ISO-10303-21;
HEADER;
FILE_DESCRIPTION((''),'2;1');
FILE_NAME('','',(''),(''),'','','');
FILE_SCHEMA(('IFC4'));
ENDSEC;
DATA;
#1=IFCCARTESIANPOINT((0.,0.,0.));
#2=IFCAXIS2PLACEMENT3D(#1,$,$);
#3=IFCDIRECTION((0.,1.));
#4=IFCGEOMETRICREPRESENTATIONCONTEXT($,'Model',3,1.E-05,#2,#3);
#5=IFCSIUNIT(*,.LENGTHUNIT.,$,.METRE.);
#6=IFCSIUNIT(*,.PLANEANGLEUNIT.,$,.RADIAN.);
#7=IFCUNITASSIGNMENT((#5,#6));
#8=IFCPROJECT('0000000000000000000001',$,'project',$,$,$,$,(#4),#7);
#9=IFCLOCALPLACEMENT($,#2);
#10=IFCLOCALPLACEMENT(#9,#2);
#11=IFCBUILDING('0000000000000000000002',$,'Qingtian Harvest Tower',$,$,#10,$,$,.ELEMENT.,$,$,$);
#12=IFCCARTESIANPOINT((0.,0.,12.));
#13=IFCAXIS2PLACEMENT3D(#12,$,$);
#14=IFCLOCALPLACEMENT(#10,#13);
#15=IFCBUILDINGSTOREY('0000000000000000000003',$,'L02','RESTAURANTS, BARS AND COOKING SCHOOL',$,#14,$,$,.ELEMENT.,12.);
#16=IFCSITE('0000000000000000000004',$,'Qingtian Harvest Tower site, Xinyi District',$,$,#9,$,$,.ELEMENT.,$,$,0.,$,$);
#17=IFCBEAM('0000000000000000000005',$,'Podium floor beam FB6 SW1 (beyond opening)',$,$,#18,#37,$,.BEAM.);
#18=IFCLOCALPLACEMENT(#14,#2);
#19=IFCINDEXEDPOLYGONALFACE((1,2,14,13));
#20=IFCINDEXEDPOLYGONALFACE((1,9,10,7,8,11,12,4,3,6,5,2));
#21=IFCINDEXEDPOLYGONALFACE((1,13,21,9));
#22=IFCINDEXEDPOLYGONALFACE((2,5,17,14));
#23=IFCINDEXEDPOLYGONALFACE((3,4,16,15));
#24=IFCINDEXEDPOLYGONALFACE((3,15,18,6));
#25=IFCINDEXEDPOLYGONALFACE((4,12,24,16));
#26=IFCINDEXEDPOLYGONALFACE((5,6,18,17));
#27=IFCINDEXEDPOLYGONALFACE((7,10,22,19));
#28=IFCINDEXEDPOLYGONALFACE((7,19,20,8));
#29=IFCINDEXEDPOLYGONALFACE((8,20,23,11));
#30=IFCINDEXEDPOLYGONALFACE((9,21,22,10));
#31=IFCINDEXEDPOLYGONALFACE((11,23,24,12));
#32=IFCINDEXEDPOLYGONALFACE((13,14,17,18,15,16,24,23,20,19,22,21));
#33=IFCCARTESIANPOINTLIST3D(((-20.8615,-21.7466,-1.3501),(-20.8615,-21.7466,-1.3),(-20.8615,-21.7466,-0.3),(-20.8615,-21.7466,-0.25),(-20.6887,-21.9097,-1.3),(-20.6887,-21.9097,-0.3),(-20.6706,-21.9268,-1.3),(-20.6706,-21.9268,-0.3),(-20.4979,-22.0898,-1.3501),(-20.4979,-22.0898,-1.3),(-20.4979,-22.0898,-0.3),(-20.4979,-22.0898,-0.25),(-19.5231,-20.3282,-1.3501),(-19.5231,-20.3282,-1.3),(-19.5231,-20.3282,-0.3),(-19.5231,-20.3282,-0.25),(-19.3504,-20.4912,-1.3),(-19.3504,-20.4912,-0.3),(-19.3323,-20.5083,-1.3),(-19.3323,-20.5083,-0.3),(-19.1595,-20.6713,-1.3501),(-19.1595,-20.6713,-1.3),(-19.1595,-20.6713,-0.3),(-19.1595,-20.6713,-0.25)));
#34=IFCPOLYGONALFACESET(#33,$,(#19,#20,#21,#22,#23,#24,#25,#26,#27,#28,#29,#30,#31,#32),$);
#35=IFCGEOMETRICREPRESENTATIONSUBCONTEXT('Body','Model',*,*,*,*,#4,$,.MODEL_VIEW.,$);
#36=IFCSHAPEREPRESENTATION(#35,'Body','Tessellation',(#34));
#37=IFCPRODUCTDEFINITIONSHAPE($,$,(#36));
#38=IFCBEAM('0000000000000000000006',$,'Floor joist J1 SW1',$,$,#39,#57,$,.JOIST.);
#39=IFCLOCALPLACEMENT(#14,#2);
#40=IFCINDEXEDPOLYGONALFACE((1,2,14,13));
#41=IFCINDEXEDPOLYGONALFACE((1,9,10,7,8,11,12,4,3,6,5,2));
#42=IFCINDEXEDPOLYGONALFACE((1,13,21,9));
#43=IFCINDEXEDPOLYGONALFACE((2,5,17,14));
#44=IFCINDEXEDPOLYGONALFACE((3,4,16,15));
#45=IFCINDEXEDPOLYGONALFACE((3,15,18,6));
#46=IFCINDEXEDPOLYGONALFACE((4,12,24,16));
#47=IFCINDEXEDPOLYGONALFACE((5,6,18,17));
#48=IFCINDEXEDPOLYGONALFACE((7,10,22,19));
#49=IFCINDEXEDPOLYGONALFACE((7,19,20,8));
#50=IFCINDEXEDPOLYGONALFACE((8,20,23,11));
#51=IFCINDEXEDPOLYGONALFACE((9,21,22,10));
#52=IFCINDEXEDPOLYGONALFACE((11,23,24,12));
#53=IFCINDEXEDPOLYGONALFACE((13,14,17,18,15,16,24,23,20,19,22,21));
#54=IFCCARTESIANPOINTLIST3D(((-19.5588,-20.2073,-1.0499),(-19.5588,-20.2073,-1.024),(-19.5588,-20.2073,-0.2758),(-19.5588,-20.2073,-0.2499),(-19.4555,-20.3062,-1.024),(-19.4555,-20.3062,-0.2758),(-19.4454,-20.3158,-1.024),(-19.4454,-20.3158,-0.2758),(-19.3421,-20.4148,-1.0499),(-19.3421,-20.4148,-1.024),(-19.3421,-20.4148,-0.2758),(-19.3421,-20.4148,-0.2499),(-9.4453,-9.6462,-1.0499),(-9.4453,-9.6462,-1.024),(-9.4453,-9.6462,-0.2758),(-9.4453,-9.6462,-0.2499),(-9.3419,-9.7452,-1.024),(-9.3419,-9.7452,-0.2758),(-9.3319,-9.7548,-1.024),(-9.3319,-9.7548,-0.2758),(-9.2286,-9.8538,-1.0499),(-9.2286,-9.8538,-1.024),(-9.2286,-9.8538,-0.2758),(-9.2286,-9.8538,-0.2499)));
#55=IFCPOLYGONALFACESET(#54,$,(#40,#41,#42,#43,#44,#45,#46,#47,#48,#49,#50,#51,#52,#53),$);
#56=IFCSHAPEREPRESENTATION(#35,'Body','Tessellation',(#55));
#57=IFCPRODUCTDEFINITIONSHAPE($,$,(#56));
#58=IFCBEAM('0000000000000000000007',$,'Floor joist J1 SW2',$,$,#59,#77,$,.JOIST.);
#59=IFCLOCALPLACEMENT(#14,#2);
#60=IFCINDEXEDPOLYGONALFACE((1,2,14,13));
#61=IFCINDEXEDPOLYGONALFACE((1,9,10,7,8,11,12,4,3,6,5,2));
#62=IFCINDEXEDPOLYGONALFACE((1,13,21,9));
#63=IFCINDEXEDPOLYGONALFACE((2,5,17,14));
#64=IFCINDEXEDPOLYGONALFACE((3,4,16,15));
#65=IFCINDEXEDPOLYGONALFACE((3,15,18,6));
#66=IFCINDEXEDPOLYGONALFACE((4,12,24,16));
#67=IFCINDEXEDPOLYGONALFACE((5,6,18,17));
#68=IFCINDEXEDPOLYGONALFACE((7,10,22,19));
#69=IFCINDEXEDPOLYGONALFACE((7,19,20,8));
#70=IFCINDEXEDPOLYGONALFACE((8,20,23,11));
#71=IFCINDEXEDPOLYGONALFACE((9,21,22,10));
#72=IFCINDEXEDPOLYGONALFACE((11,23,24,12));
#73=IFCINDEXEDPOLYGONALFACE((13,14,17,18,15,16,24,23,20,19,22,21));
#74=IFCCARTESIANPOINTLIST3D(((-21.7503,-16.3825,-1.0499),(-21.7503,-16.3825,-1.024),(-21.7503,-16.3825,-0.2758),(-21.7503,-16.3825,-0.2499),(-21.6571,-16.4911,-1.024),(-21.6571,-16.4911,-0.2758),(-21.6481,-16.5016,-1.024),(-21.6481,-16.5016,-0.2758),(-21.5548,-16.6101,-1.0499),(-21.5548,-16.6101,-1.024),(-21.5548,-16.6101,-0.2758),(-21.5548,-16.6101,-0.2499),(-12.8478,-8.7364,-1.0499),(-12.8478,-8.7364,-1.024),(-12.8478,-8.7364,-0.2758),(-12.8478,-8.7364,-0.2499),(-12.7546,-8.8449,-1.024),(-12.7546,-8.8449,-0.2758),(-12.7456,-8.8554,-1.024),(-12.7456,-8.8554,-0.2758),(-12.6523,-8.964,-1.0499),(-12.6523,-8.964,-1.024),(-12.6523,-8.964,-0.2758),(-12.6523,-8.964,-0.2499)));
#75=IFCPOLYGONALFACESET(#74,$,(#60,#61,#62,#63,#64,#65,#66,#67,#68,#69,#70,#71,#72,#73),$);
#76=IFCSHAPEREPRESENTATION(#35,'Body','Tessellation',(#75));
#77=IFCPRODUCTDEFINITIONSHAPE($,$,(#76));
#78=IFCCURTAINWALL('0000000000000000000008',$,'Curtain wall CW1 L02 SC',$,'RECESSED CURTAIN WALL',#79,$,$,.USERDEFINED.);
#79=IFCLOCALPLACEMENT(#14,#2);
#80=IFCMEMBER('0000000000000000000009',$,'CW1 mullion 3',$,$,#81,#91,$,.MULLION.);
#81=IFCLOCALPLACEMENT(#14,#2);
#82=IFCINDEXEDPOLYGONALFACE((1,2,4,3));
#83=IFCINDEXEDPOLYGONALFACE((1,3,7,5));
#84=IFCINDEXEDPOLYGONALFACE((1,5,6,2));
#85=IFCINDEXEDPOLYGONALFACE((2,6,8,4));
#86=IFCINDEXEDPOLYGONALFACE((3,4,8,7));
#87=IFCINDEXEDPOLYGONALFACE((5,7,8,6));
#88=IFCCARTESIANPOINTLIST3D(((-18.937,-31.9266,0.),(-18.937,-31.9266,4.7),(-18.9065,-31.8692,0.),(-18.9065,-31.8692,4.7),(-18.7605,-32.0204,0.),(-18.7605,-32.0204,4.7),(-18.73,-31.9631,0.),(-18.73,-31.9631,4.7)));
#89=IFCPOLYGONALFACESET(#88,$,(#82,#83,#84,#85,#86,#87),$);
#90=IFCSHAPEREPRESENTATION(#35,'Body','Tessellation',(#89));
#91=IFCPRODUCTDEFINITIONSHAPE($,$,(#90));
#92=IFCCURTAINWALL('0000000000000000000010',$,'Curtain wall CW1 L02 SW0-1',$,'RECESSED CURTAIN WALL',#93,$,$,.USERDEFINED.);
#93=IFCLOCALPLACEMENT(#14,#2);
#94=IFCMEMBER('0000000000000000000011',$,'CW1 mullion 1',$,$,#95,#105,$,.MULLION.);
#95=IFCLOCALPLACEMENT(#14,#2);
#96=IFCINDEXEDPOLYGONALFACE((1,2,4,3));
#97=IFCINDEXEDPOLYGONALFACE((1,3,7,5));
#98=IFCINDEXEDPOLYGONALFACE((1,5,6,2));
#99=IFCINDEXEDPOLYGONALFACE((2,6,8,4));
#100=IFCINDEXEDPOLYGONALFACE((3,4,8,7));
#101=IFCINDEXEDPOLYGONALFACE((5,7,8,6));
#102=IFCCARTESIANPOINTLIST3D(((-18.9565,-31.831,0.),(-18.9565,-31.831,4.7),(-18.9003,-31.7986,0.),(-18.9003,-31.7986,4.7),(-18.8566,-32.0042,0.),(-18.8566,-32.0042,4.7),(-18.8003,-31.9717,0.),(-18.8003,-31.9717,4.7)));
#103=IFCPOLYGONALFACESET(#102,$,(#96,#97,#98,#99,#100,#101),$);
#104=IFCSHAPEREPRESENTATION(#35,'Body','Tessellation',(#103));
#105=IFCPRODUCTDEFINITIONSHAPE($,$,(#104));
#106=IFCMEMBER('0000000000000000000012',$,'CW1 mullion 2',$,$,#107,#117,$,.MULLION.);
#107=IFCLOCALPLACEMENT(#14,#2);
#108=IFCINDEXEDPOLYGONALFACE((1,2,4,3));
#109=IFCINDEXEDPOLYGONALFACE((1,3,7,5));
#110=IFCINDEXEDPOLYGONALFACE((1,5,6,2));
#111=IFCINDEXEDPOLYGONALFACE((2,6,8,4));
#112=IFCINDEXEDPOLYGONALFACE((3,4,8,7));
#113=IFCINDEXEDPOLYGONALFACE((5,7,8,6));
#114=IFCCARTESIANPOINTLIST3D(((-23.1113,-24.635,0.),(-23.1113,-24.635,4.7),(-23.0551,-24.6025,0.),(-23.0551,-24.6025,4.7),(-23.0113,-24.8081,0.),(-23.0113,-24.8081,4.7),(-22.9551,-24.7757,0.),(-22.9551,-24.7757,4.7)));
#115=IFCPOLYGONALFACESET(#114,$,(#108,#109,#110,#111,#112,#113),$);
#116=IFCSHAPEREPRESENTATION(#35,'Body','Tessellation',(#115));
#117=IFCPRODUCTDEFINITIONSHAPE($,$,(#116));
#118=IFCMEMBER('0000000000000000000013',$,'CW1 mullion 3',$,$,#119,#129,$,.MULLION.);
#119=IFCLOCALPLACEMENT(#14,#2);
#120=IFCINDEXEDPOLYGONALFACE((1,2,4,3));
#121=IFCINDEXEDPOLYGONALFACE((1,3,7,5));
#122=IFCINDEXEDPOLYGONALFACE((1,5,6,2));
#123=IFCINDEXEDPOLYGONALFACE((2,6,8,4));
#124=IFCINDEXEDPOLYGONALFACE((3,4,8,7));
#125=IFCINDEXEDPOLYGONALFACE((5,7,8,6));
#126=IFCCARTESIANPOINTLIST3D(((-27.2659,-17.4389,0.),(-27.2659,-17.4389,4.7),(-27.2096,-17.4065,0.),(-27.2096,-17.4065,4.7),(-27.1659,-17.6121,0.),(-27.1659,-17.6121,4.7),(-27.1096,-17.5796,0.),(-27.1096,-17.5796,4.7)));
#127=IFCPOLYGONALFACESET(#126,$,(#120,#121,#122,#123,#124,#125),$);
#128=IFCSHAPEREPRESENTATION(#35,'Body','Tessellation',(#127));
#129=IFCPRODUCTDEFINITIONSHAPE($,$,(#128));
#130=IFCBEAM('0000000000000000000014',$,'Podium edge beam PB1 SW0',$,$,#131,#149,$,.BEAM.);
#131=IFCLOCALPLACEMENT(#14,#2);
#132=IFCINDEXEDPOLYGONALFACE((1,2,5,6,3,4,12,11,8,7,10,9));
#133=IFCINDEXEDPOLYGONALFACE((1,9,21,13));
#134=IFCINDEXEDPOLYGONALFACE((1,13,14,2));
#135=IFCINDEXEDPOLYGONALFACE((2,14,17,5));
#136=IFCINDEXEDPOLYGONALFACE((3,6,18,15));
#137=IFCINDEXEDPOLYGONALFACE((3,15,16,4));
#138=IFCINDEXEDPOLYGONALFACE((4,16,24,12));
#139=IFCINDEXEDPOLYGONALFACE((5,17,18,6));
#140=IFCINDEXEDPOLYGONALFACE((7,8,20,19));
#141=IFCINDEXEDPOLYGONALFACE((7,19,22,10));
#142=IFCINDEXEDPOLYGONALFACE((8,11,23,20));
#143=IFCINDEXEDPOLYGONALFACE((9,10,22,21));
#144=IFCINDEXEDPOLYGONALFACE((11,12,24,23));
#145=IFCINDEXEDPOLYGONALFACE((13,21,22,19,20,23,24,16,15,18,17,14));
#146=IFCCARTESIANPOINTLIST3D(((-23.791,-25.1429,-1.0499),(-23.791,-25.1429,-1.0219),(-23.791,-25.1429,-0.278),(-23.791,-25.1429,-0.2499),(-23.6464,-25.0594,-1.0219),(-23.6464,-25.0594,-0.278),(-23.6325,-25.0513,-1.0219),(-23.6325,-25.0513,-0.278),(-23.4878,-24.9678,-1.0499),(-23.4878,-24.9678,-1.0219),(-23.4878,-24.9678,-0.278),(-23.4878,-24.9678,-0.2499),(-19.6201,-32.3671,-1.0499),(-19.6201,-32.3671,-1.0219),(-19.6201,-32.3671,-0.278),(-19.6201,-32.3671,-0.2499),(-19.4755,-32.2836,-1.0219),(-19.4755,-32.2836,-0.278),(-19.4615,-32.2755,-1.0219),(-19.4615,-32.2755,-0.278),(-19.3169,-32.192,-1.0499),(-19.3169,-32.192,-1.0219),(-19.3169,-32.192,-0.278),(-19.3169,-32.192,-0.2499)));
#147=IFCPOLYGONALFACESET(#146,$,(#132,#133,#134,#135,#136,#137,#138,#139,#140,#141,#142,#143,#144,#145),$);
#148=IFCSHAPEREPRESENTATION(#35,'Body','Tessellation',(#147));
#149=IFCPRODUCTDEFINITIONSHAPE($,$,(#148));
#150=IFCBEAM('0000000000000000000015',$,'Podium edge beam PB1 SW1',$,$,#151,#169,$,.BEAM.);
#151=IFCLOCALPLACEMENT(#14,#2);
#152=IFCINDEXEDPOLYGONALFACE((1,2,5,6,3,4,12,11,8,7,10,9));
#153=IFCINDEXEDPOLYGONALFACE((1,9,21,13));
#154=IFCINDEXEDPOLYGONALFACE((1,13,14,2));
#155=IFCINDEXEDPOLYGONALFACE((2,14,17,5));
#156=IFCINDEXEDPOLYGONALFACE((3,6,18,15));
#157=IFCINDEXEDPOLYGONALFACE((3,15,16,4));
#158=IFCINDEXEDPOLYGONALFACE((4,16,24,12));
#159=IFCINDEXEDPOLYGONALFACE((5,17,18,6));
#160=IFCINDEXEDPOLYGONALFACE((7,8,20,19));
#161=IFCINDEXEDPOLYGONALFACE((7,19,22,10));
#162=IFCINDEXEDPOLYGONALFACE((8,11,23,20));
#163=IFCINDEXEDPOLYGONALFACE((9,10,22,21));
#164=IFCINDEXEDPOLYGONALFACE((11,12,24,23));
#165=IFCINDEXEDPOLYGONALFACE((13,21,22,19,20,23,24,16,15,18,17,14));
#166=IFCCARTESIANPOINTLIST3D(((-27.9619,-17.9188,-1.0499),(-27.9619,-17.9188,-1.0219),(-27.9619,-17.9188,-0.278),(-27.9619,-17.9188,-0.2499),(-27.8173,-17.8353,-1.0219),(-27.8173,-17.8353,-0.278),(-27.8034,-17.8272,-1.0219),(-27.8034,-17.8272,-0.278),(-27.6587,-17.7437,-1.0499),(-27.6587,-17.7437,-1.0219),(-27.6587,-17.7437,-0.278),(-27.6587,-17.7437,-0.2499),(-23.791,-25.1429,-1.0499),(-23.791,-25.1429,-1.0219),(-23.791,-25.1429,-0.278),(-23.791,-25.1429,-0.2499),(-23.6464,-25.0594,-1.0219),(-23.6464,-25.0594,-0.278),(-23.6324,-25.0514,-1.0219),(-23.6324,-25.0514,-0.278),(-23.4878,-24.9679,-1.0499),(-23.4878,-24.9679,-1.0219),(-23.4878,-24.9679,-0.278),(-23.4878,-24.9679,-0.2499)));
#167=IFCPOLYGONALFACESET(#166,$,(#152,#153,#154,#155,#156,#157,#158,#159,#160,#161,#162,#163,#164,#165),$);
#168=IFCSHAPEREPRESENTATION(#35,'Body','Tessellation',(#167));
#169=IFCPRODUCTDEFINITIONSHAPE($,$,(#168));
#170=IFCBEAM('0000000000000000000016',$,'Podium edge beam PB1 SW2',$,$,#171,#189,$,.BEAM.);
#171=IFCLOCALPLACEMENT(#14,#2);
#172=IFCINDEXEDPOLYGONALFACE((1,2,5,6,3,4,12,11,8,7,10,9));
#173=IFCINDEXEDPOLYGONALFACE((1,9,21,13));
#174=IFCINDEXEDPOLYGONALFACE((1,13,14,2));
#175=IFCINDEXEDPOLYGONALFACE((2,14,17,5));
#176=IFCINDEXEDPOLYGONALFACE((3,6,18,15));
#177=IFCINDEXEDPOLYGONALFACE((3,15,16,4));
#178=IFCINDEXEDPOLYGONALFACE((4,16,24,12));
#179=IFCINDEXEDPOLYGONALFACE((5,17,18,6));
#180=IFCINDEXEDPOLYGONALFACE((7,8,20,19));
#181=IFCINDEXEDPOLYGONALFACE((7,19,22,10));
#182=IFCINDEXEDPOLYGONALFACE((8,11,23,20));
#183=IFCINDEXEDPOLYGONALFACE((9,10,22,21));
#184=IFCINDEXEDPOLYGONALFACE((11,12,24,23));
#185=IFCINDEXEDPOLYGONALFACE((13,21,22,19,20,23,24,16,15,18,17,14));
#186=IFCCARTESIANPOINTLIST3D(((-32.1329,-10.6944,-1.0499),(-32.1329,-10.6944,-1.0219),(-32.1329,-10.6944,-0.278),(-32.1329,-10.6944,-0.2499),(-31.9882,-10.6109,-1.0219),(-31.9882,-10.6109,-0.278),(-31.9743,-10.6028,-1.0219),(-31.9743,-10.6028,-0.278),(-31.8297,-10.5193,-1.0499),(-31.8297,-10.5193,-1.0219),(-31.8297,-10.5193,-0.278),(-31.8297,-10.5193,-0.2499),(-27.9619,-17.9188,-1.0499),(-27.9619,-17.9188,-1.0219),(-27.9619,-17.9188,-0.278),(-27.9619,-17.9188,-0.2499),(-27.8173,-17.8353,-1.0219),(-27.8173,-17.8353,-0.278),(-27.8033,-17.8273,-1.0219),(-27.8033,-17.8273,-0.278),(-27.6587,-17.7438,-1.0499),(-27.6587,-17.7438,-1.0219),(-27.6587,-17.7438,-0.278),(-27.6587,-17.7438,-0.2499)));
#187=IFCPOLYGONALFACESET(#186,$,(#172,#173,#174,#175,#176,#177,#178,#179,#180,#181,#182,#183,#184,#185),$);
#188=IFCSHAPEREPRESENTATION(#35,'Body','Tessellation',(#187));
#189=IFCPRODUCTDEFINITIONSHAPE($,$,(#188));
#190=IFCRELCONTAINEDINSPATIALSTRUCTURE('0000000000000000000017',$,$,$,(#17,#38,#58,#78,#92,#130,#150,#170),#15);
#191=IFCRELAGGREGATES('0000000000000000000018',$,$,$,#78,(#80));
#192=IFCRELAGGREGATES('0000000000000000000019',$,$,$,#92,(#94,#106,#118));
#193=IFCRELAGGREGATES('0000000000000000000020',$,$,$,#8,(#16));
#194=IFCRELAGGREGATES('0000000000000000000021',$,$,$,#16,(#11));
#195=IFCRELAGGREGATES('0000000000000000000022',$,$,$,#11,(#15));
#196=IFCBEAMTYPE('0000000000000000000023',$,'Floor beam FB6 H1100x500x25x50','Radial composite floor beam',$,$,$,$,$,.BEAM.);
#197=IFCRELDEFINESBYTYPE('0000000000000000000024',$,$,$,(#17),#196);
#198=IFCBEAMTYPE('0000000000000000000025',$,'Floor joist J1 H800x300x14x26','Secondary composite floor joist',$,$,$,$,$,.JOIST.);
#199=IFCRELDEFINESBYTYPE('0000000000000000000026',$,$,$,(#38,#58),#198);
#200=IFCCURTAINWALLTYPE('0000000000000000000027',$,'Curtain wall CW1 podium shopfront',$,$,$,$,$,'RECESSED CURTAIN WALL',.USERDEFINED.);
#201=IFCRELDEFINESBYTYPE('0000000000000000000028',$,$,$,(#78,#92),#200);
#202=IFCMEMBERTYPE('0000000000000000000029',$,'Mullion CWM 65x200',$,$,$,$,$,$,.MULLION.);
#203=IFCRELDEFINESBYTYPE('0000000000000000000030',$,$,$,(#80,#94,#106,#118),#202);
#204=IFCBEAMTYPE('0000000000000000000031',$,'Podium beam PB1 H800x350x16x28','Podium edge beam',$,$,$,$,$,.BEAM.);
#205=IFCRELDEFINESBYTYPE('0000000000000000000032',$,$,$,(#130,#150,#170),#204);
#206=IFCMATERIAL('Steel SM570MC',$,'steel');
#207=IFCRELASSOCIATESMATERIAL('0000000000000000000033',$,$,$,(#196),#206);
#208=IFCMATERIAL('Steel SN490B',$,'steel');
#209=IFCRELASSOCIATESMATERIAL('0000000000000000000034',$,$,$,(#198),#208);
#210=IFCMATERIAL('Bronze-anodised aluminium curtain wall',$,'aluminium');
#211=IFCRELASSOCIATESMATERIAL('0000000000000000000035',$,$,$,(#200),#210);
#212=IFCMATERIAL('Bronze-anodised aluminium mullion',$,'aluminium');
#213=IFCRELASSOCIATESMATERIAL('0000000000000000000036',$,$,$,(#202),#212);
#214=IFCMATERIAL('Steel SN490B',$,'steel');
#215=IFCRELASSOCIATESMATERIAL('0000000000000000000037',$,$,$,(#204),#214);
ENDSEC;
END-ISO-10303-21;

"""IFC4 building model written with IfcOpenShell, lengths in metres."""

from ifc_helpers import new_model, si_unit, direction, frame, origin, origin_2d, place, context, subcontext, project, spatial, rectangle, i_section, extrude, material, material_profile, profile_set, type_object, element, aggregate, save


model = new_model("IFC4")

# Units and contexts
model_context = context("Model", 3, precision=1e-05, world=origin(), true_north=direction((0.0, 1.0)))
body_context = subcontext(model_context, "Body", "Model", "MODEL_VIEW")
ifc_project = project(units=[si_unit("LENGTHUNIT", "METRE"), si_unit("PLANEANGLEUNIT", "RADIAN")], contexts=[model_context])

# Site, building, storey
site_placement = place(None, origin())
site = spatial("IfcSite", under=ifc_project, at=site_placement, Name="Qingtian Harvest Tower site, Xinyi District", CompositionType="ELEMENT", RefElevation=0.0)
building_placement = place(site_placement, origin())
building = spatial("IfcBuilding", under=site, at=building_placement, Name="Qingtian Harvest Tower", CompositionType="ELEMENT")
storey_placement = place(building_placement, frame((0.0, 0.0, 12.0)))
storey = spatial("IfcBuildingStorey", under=building, at=storey_placement, Name="L02", Description="RESTAURANTS, BARS AND COOKING SCHOOL", CompositionType="ELEMENT", Elevation=12.0)

# Beams
ifc_material_1 = material(Name="Steel SM570MC", Category="steel")
ifc_material_profile_1 = material_profile(ifc_material_1, i_section(OverallWidth=0.5, OverallDepth=1.1001, WebThickness=0.0249, FlangeThickness=0.05, at=origin_2d()), Name="H1100x500x25x50")
ifc_profile_set_1 = profile_set([ifc_material_profile_1], Name="Steel SM570MC")
beam_type_1 = type_object("IfcBeamType", Name="Floor beam FB6 H1100x500x25x50", Description="Radial composite floor beam", PredefinedType="BEAM", material=ifc_profile_set_1)
beam_1_placement = place(storey_placement, frame((-20.6797, -21.9182, -0.8), z_axis=(0.686278, 0.727339, 0.0), x_axis=(-0.727339, 0.686278, 0.0)))
element("IfcBeam", 1, at=beam_1_placement, inside=storey, type_object=beam_type_1, Name="Podium floor beam FB6 SW1 (beyond opening)", PredefinedType="BEAM", context=body_context, shape_type="SweptSolid", body=[
    extrude(i_section(OverallWidth=0.5, OverallDepth=1.1001, WebThickness=0.0249, FlangeThickness=0.05, at=origin_2d()), origin(), (0.0, 0.0, 1.0), 1.9502),
])
ifc_material_2 = material(Name="Steel SN490B", Category="steel")
ifc_material_profile_2 = material_profile(ifc_material_2, i_section(OverallWidth=0.3, OverallDepth=0.8, WebThickness=0.0139, FlangeThickness=0.0259, at=origin_2d()), Name="H800x300x14x26")
ifc_profile_set_2 = profile_set([ifc_material_profile_2], Name="Steel SN490B")
beam_type_2 = type_object("IfcBeamType", Name="Floor joist J1 H800x300x14x26", Description="Secondary composite floor joist", PredefinedType="JOIST", material=ifc_profile_set_2)
beam_2_placement = place(storey_placement, frame((-19.4504, -20.311, -0.6499), z_axis=(0.691639, 0.722243, 0.0), x_axis=(-0.722243, 0.691639, 0.0)))
element("IfcBeam", 2, at=beam_2_placement, inside=storey, type_object=beam_type_2, Name="Floor joist J1 SW1", PredefinedType="JOIST", context=body_context, shape_type="SweptSolid", body=[
    extrude(i_section(OverallWidth=0.3, OverallDepth=0.8, WebThickness=0.0139, FlangeThickness=0.0259, at=origin_2d()), origin(), (0.0, 0.0, 1.0), 14.6226),
])
beam_3_placement = place(storey_placement, frame((-21.6526, -16.4963, -0.6499), z_axis=(0.758606, 0.65155, 0.0), x_axis=(-0.65155, 0.758606, 0.0)))
element("IfcBeam", 3, at=beam_3_placement, inside=storey, type_object=beam_type_2, Name="Floor joist J1 SW2", PredefinedType="JOIST", context=body_context, shape_type="SweptSolid", body=[
    extrude(i_section(OverallWidth=0.3, OverallDepth=0.8, WebThickness=0.0139, FlangeThickness=0.0259, at=origin_2d()), origin(), (0.0, 0.0, 1.0), 11.7354),
])

# Curtain wall, member
ifc_material_3 = material(Name="Bronze-anodised aluminium curtain wall", Category="aluminium")
curtain_wall_type = type_object("IfcCurtainWallType", Name="Curtain wall CW1 podium shopfront", ElementType="RECESSED CURTAIN WALL", PredefinedType="USERDEFINED", material=ifc_material_3)
curtain_wall_1_placement = place(storey_placement, origin())
curtain_wall_1 = element("IfcCurtainWall", 4, at=curtain_wall_1_placement, inside=storey, type_object=curtain_wall_type, Name="Curtain wall CW1 L02 SC", ObjectType="RECESSED CURTAIN WALL", PredefinedType="USERDEFINED")
ifc_material_4 = material(Name="Bronze-anodised aluminium mullion", Category="aluminium")
ifc_material_profile_3 = material_profile(ifc_material_4, rectangle(XDim=0.0649, YDim=0.2, at=origin_2d()), Name="AL 65x200")
ifc_profile_set_3 = profile_set([ifc_material_profile_3], Name="Bronze-anodised aluminium mullion")
member_type_1 = type_object("IfcMemberType", Name="Mullion CWM 65x200", PredefinedType="MULLION", material=ifc_profile_set_3)
member_1_placement = place(storey_placement, frame((-18.8335, -31.9448, 0.0), z_axis=(0.0, 0.0, 1.0), x_axis=(-0.469472, -0.882948, 0.0)))
member_1 = element("IfcMember", 5, at=member_1_placement, type_object=member_type_1, Name="CW1 mullion 3", PredefinedType="MULLION", context=body_context, shape_type="SweptSolid", body=[
    extrude(rectangle(XDim=0.0649, YDim=0.2, at=origin_2d()), origin(), (0.0, 0.0, 1.0), 4.7),
])

# Curtain wall, members
curtain_wall_2_placement = place(storey_placement, origin())
curtain_wall_2 = element("IfcCurtainWall", 6, at=curtain_wall_2_placement, inside=storey, type_object=curtain_wall_type, Name="Curtain wall CW1 L02 SW0-1", ObjectType="RECESSED CURTAIN WALL", PredefinedType="USERDEFINED")
member_2_placement = place(storey_placement, frame((-18.8784, -31.9014, 0.0), z_axis=(0.0, 0.0, 1.0), x_axis=(-0.866025, -0.5, 0.0)))
member_2 = element("IfcMember", 7, at=member_2_placement, type_object=member_type_1, Name="CW1 mullion 1", PredefinedType="MULLION", context=body_context, shape_type="SweptSolid", body=[
    extrude(rectangle(XDim=0.0649, YDim=0.2, at=origin_2d()), origin(), (0.0, 0.0, 1.0), 4.7),
])
member_3_placement = place(storey_placement, frame((-23.0332, -24.7053, 0.0), z_axis=(0.0, 0.0, 1.0), x_axis=(-0.866025, -0.5, 0.0)))
member_3 = element("IfcMember", 8, at=member_3_placement, type_object=member_type_1, Name="CW1 mullion 2", PredefinedType="MULLION", context=body_context, shape_type="SweptSolid", body=[
    extrude(rectangle(XDim=0.0649, YDim=0.2, at=origin_2d()), origin(), (0.0, 0.0, 1.0), 4.7),
])
member_4_placement = place(storey_placement, frame((-27.1877, -17.5093, 0.0), z_axis=(0.0, 0.0, 1.0), x_axis=(-0.866025, -0.5, 0.0)))
member_4 = element("IfcMember", 9, at=member_4_placement, type_object=member_type_1, Name="CW1 mullion 3", PredefinedType="MULLION", context=body_context, shape_type="SweptSolid", body=[
    extrude(rectangle(XDim=0.0649, YDim=0.2, at=origin_2d()), origin(), (0.0, 0.0, 1.0), 4.7),
])

# Beams
ifc_material_5 = material(Name="Steel SN490B", Category="steel")
ifc_material_profile_4 = material_profile(ifc_material_5, i_section(OverallWidth=0.3501, OverallDepth=0.8, WebThickness=0.0161, FlangeThickness=0.0281, at=origin_2d()), Name="H800x350x16x28")
ifc_profile_set_4 = profile_set([ifc_material_profile_4], Name="Steel SN490B")
beam_type_3 = type_object("IfcBeamType", Name="Podium beam PB1 H800x350x16x28", Description="Podium edge beam", PredefinedType="BEAM", material=ifc_profile_set_4)
for number, where, z_axis, x_axis, name in (
    (10, (-19.4685, -32.2795, -0.6499), (-0.500005, 0.866023, 0.0), (-0.866023, -0.500005, 0.0), "Podium edge beam PB1 SW0"),
    (11, (-23.6394, -25.0554, -0.6499), (-0.500005, 0.866023, 0.0), (-0.866023, -0.500005, 0.0), "Podium edge beam PB1 SW1"),
):
    element("IfcBeam", number, at=place(storey_placement, frame(where, z_axis=z_axis, x_axis=x_axis)), inside=storey, type_object=beam_type_3, Name=name, PredefinedType="BEAM", context=body_context, shape_type="SweptSolid", body=[
        extrude(i_section(OverallWidth=0.3501, OverallDepth=0.8, WebThickness=0.0161, FlangeThickness=0.0281, at=origin_2d()), origin(), (0.0, 0.0, 1.0), 8.3418),
    ])
beam_4_placement = place(storey_placement, frame((-27.8103, -17.8313, -0.6499), z_axis=(-0.499992, 0.86603, 0.0), x_axis=(-0.86603, -0.499992, 0.0)))
element("IfcBeam", 12, at=beam_4_placement, inside=storey, type_object=beam_type_3, Name="Podium edge beam PB1 SW2", PredefinedType="BEAM", context=body_context, shape_type="SweptSolid", body=[
    extrude(i_section(OverallWidth=0.3501, OverallDepth=0.8, WebThickness=0.0161, FlangeThickness=0.0281, at=origin_2d()), origin(), (0.0, 0.0, 1.0), 8.342),
])

aggregate(curtain_wall_1, [member_1])
aggregate(curtain_wall_2, [member_2, member_3, member_4])

save(model, "model.ifc")
